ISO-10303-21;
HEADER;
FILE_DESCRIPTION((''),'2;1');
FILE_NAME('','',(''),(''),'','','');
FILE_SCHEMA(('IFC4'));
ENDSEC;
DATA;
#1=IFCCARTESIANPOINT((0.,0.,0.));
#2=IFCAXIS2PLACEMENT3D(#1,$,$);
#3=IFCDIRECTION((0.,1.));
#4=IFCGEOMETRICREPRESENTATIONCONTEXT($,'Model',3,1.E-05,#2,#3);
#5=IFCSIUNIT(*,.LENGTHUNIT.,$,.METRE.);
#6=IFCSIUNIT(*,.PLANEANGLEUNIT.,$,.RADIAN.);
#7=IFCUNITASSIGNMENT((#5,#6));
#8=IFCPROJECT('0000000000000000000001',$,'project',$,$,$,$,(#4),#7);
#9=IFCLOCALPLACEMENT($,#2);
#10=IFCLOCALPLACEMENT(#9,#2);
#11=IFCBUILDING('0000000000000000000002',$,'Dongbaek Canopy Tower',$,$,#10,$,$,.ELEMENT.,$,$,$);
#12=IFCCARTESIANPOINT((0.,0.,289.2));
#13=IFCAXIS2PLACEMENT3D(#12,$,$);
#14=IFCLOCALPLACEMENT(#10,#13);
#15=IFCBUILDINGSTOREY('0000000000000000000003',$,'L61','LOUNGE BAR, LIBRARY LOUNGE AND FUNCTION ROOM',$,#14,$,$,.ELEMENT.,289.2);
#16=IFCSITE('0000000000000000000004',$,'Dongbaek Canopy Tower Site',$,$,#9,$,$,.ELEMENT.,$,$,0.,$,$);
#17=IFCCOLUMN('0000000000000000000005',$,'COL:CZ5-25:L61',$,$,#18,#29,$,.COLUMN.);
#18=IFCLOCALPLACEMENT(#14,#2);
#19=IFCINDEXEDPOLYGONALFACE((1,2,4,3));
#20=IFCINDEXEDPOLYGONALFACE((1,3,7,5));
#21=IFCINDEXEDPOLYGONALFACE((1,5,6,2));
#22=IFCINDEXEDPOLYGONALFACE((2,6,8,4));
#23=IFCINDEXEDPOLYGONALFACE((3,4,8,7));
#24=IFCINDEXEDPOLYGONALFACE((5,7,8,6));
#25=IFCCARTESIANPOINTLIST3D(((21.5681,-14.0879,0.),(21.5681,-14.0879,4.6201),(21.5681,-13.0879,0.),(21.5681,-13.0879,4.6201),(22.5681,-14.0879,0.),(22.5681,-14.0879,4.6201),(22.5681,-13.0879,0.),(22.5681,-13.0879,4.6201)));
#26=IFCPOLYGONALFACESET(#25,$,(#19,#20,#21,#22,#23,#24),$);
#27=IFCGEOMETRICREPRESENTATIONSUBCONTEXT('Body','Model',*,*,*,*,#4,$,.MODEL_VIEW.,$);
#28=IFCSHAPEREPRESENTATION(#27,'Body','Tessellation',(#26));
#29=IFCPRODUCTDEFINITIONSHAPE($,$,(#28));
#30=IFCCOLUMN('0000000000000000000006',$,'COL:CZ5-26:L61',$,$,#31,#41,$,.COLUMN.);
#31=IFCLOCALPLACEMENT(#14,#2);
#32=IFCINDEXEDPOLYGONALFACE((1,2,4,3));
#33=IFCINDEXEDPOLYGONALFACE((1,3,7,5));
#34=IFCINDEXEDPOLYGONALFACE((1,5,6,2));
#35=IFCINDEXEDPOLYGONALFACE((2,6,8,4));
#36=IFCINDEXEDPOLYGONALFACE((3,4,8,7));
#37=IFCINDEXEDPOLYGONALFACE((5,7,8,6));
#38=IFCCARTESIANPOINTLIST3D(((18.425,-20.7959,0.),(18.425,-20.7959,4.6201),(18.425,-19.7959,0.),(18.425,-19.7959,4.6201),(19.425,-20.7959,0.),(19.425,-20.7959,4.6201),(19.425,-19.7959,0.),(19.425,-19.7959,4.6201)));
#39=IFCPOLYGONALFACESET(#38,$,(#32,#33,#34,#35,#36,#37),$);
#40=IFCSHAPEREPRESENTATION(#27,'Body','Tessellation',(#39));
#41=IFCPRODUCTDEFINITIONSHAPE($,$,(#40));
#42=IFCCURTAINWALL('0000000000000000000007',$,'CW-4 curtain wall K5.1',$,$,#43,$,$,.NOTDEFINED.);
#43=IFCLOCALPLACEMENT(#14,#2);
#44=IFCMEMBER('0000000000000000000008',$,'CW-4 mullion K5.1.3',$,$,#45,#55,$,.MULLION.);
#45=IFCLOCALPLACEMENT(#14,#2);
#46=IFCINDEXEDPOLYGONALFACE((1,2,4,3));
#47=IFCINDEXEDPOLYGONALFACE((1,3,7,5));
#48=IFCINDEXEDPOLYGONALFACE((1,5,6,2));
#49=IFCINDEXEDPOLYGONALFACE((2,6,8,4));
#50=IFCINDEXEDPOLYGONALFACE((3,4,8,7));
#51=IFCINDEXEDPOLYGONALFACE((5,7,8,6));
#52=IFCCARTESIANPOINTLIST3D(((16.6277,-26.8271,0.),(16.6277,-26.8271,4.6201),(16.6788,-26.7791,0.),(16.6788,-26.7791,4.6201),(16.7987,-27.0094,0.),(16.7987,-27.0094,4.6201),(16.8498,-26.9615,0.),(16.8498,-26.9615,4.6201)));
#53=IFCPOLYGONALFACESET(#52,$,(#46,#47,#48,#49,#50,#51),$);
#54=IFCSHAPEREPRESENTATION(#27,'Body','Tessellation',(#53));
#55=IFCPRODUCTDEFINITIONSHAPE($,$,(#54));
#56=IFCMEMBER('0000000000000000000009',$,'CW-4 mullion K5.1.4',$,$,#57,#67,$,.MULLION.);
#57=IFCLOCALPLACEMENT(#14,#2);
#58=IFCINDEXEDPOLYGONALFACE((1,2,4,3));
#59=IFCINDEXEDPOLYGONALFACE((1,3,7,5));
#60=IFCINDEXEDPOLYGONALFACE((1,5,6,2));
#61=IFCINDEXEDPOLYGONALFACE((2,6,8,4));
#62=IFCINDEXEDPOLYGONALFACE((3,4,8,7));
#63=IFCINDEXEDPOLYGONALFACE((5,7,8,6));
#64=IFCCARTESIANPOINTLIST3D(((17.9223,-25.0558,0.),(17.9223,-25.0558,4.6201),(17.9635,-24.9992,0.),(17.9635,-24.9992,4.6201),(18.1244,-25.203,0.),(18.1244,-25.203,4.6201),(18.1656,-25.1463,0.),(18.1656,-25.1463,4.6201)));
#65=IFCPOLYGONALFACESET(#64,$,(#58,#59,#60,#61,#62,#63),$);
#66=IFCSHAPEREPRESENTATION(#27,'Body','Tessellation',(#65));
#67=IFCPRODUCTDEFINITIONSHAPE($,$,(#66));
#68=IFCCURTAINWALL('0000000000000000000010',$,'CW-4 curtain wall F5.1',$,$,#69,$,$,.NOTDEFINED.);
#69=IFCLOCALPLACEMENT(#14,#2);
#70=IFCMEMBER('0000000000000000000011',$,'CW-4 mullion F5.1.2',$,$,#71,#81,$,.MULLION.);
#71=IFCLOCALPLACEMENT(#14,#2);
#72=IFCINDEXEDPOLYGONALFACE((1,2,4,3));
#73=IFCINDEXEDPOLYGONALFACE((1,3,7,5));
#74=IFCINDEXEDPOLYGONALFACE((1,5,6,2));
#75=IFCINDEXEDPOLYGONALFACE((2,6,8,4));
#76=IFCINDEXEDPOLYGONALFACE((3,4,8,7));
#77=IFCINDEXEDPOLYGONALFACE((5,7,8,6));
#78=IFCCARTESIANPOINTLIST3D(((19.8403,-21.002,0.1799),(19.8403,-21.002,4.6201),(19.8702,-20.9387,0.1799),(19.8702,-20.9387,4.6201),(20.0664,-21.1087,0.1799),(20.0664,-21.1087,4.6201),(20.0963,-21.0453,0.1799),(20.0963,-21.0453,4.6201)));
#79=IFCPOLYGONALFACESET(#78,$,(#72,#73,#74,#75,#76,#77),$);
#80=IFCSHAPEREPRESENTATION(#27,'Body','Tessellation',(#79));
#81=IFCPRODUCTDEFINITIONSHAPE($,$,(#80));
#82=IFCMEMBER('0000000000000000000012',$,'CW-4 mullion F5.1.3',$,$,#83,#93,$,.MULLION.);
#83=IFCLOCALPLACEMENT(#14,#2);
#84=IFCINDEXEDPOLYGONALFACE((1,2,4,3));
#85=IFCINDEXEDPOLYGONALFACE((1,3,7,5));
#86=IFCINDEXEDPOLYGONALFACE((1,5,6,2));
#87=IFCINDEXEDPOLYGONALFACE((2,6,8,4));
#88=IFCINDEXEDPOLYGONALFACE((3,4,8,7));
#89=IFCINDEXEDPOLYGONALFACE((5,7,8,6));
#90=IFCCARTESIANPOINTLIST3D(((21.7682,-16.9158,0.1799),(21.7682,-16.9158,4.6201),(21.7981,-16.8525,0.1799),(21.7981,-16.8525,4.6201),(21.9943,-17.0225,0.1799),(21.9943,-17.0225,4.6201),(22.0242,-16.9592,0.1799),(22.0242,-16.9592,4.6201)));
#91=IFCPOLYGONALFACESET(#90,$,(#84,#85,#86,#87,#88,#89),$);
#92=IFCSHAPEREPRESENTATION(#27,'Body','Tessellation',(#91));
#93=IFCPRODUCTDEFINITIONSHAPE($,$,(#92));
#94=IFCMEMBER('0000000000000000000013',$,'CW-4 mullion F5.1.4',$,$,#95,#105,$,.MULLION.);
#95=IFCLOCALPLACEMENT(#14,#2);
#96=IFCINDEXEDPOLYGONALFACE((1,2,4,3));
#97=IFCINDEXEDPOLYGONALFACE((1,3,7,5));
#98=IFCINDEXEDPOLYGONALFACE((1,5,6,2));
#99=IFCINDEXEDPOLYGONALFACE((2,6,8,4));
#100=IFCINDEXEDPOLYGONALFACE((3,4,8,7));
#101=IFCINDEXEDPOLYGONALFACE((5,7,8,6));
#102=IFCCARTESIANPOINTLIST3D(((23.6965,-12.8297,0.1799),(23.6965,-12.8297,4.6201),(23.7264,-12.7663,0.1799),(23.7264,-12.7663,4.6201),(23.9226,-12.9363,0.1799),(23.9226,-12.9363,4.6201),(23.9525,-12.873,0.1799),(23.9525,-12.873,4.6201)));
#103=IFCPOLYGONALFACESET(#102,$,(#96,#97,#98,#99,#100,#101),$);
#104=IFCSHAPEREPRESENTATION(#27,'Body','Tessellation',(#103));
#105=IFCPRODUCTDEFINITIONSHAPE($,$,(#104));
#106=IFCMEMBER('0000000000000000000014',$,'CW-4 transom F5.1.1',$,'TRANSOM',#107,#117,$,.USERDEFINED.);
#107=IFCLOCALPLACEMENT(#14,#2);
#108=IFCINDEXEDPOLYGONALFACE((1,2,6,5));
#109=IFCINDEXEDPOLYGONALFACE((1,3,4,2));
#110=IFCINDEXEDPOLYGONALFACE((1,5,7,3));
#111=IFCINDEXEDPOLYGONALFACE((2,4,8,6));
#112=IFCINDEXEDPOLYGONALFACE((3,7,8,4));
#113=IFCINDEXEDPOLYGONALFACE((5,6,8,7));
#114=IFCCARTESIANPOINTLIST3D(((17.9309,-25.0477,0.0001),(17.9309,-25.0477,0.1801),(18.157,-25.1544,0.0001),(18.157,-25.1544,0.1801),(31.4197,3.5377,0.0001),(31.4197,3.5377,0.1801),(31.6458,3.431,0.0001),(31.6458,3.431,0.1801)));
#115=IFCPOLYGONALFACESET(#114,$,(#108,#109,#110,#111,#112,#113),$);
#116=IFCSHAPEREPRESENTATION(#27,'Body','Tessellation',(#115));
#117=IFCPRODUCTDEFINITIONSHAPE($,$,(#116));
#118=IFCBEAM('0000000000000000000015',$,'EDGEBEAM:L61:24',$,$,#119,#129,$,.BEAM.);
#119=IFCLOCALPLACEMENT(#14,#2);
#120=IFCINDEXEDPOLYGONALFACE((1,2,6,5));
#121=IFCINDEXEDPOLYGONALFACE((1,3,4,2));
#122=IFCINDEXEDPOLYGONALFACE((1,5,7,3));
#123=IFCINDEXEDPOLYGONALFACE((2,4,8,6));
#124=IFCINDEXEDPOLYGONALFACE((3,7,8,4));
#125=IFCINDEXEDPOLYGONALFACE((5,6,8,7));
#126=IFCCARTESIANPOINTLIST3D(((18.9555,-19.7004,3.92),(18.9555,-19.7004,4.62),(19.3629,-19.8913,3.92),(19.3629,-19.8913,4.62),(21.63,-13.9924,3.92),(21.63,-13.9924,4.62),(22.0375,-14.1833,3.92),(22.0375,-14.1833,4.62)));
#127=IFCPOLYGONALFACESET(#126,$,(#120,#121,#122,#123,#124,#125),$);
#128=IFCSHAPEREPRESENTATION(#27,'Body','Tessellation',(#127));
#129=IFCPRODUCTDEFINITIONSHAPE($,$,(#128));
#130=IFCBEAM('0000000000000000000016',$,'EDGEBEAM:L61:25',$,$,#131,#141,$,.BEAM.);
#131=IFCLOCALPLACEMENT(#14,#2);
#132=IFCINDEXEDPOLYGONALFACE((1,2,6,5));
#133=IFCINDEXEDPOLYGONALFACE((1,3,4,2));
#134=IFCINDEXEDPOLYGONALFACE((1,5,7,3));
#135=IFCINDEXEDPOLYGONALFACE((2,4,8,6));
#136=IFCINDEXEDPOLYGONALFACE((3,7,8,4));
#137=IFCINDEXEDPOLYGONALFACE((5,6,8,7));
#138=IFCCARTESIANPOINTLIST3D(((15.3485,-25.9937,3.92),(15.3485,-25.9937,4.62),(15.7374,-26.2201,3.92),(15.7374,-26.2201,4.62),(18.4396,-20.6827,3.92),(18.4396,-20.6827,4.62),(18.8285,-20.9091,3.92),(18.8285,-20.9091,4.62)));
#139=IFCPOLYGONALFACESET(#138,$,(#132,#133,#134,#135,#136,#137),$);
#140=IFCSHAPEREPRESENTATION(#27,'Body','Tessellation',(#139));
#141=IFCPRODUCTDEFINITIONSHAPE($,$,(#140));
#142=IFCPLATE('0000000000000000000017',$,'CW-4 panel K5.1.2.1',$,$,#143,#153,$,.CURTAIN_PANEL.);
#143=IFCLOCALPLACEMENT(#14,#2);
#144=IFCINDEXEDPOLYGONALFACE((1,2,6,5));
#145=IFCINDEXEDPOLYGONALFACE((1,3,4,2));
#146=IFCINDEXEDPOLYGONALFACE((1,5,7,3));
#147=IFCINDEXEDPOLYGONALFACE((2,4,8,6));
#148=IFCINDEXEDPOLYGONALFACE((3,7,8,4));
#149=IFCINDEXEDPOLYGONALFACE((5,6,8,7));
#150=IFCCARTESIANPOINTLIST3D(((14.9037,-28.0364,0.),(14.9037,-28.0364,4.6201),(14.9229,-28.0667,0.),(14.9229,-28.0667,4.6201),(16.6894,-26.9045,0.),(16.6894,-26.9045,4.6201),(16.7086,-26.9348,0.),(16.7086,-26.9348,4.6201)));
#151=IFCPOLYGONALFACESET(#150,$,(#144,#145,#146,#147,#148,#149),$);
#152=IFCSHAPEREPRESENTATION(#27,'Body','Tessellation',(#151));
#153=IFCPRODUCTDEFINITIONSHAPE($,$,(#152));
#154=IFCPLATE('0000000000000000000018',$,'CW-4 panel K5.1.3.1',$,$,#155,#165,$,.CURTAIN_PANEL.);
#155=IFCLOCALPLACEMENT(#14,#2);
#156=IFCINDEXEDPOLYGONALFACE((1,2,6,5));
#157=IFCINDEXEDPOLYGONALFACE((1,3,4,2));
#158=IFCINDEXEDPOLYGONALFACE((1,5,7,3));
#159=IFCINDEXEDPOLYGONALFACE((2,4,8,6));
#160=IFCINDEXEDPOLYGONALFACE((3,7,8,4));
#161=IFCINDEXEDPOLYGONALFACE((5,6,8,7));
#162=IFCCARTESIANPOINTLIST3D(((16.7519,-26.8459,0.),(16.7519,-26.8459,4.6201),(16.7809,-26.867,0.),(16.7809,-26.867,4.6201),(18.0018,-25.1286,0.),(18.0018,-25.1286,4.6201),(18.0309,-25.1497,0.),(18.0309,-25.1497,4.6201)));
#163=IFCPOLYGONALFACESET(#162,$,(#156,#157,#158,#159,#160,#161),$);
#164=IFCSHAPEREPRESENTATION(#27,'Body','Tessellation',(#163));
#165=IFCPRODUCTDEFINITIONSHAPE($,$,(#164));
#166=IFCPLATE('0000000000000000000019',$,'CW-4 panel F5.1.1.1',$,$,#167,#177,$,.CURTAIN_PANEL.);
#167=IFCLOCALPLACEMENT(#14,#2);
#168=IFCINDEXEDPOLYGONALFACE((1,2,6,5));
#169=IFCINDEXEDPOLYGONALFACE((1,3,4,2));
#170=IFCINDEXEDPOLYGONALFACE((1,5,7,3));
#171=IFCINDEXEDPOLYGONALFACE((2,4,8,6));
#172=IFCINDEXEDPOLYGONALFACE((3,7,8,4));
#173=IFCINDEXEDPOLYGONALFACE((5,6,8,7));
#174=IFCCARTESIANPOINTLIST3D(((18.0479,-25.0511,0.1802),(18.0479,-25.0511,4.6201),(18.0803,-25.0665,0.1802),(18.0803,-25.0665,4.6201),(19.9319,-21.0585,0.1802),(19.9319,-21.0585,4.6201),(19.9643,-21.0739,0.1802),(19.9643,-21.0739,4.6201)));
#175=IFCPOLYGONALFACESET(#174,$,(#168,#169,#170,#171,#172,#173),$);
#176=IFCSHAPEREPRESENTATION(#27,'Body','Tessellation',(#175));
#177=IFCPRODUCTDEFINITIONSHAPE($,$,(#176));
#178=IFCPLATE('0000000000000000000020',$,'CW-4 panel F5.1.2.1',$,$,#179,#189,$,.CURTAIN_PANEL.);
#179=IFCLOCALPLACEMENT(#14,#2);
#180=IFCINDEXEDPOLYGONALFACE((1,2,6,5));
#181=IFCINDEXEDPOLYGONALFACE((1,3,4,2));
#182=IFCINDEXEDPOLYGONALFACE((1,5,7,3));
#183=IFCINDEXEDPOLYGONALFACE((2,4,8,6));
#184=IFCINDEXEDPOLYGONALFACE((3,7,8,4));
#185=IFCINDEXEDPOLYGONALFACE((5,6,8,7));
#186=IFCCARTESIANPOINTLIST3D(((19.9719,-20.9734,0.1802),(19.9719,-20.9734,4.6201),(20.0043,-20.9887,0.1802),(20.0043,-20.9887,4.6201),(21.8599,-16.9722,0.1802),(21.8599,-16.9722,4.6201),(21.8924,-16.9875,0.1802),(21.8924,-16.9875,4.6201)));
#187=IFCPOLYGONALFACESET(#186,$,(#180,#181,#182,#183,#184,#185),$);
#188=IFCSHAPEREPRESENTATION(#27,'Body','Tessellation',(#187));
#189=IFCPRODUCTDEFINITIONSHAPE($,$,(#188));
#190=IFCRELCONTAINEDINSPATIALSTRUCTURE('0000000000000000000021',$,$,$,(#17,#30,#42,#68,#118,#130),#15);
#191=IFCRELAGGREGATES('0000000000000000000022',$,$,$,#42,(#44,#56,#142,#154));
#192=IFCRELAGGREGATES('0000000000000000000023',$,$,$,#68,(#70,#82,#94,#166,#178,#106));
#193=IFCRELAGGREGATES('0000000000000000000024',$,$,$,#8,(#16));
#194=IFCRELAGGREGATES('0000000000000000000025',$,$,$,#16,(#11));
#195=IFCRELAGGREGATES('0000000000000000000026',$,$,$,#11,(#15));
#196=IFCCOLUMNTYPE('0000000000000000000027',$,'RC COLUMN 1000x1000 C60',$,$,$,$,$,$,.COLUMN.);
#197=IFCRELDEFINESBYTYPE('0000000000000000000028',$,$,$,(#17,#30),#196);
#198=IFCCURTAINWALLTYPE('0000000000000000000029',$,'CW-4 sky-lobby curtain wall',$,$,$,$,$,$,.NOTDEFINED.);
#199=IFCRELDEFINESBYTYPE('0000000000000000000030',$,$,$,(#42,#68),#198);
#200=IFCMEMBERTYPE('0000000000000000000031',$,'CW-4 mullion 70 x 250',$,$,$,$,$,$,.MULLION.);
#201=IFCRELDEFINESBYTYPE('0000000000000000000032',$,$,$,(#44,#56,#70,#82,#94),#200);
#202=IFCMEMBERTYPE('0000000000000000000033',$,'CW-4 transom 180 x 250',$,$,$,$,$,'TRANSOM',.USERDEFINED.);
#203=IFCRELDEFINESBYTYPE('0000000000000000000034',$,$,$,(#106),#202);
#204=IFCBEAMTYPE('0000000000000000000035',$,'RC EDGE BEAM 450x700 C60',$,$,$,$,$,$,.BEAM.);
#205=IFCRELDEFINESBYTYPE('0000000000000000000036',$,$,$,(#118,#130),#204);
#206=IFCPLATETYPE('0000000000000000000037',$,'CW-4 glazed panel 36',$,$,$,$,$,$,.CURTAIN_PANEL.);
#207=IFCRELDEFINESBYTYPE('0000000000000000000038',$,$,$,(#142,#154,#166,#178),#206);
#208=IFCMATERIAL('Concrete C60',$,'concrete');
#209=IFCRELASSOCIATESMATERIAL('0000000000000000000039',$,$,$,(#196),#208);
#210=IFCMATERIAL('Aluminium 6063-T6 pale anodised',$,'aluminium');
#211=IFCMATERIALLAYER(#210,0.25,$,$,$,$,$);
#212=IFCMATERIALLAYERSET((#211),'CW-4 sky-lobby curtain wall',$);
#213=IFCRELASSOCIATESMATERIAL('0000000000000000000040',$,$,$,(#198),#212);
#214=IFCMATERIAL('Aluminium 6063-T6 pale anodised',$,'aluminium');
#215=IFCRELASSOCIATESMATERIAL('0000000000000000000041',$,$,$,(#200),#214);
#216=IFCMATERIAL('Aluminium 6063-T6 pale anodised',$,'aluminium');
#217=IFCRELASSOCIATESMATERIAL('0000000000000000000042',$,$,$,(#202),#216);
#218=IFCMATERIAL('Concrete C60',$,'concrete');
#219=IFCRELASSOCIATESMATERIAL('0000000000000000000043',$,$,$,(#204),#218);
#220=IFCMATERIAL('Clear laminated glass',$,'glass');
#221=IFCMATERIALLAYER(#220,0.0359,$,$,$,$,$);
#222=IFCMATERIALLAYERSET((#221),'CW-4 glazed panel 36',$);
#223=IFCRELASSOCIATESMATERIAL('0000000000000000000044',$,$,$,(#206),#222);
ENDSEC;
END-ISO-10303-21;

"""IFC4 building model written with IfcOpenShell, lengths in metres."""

from ifc_helpers import new_model, si_unit, direction, frame, origin, origin_2d, place, context, subcontext, project, spatial, rectangle, extrude, material, layer, layer_set, material_profile, profile_set, type_object, element, aggregate, save


model = new_model("IFC4")

# Units and contexts
model_context = context("Model", 3, precision=1e-05, world=origin(), true_north=direction((0.0, 1.0)))
body_context = subcontext(model_context, "Body", "Model", "MODEL_VIEW")
ifc_project = project(units=[si_unit("LENGTHUNIT", "METRE"), si_unit("PLANEANGLEUNIT", "RADIAN")], contexts=[model_context])

# Site, building, storey
site_placement = place(None, origin())
site = spatial("IfcSite", under=ifc_project, at=site_placement, Name="Dongbaek Canopy Tower Site", CompositionType="ELEMENT", RefElevation=0.0)
building_placement = place(site_placement, origin())
building = spatial("IfcBuilding", under=site, at=building_placement, Name="Dongbaek Canopy Tower", CompositionType="ELEMENT")
storey_placement = place(building_placement, frame((0.0, 0.0, 289.2)))
storey = spatial("IfcBuildingStorey", under=building, at=storey_placement, Name="L61", Description="LOUNGE BAR, LIBRARY LOUNGE AND FUNCTION ROOM", CompositionType="ELEMENT", Elevation=289.2)

# Columns
ifc_material_1 = material(Name="Concrete C60", Category="concrete")
ifc_material_profile_1 = material_profile(ifc_material_1, rectangle(XDim=1.0, YDim=1.0, at=origin_2d()), Name="RC COLUMN 1000x1000 C60")
ifc_profile_set_1 = profile_set([ifc_material_profile_1], Name="Concrete C60")
column_type = type_object("IfcColumnType", Name="RC COLUMN 1000x1000 C60", PredefinedType="COLUMN", material=ifc_profile_set_1)
for number, where, z_axis, x_axis, name in (
    (1, (22.0681, -13.5879, 0.0), (0.0, 0.0, 1.0), (1.0, 0.0, 0.0), "COL:CZ5-25:L61"),
    (2, (18.925, -20.2959, 0.0), (0.0, 0.0, 1.0), (1.0, 0.0, 0.0), "COL:CZ5-26:L61"),
):
    element("IfcColumn", number, at=place(storey_placement, frame(where, z_axis=z_axis, x_axis=x_axis)), inside=storey, type_object=column_type, Name=name, PredefinedType="COLUMN", context=body_context, shape_type="SweptSolid", body=[
        extrude(rectangle(XDim=1.0, YDim=1.0, at=origin_2d()), origin(), (0.0, 0.0, 1.0), 4.6201),
    ])

# Curtain walls, members
ifc_material_2 = material(Name="Aluminium 6063-T6 pale anodised", Category="aluminium")
ifc_layer_1 = layer(ifc_material_2, 0.25)
ifc_layer_set_1 = layer_set([ifc_layer_1], Name="CW-4 sky-lobby curtain wall")
curtain_wall_type = type_object("IfcCurtainWallType", Name="CW-4 sky-lobby curtain wall", PredefinedType="NOTDEFINED", material=ifc_layer_set_1)
curtain_wall_1_placement = place(storey_placement, origin())
curtain_wall_1 = element("IfcCurtainWall", 3, at=curtain_wall_1_placement, inside=storey, type_object=curtain_wall_type, Name="CW-4 curtain wall K5.1", PredefinedType="NOTDEFINED")
ifc_material_3 = material(Name="Aluminium 6063-T6 pale anodised", Category="aluminium")
ifc_material_profile_2 = material_profile(ifc_material_3, rectangle(XDim=0.25, YDim=0.0701, at=origin_2d()), Name="CW-4 mullion 70 x 250")
ifc_profile_set_2 = profile_set([ifc_material_profile_2], Name="Aluminium 6063-T6 pale anodised")
member_type_1 = type_object("IfcMemberType", Name="CW-4 mullion 70 x 250", PredefinedType="MULLION", material=ifc_profile_set_2)
member_1_placement = place(storey_placement, frame((16.7388, -26.8943, 0.0), z_axis=(0.0, 0.0, 1.0), x_axis=(0.684033, -0.729451, 0.0)))
member_1 = element("IfcMember", 4, at=member_1_placement, type_object=member_type_1, Name="CW-4 mullion K5.1.3", PredefinedType="MULLION", context=body_context, shape_type="SweptSolid", body=[
    extrude(rectangle(XDim=0.25, YDim=0.0701, at=origin_2d()), origin(), (0.0, 0.0, 1.0), 4.6201),
])
member_2_placement = place(storey_placement, frame((18.0439, -25.1011, 0.0), z_axis=(0.0, 0.0, 1.0), x_axis=(0.808495, -0.588503, 0.0)))
member_2 = element("IfcMember", 5, at=member_2_placement, type_object=member_type_1, Name="CW-4 mullion K5.1.4", PredefinedType="MULLION", context=body_context, shape_type="SweptSolid", body=[
    extrude(rectangle(XDim=0.25, YDim=0.0701, at=origin_2d()), origin(), (0.0, 0.0, 1.0), 4.6201),
])
curtain_wall_2_placement = place(storey_placement, origin())
curtain_wall_2 = element("IfcCurtainWall", 6, at=curtain_wall_2_placement, inside=storey, type_object=curtain_wall_type, Name="CW-4 curtain wall F5.1", PredefinedType="NOTDEFINED")
member_3_placement = place(storey_placement, frame((19.9683, -21.0237, 0.1799), z_axis=(0.0, 0.0, 1.0), x_axis=(0.904371, -0.426747, 0.0)))
member_3 = element("IfcMember", 7, at=member_3_placement, type_object=member_type_1, Name="CW-4 mullion F5.1.2", PredefinedType="MULLION", context=body_context, shape_type="SweptSolid", body=[
    extrude(rectangle(XDim=0.25, YDim=0.0701, at=origin_2d()), origin(), (0.0, 0.0, 1.0), 4.4402),
])
member_4_placement = place(storey_placement, frame((21.8962, -16.9375, 0.1799), z_axis=(0.0, 0.0, 1.0), x_axis=(0.904371, -0.426747, 0.0)))
member_4 = element("IfcMember", 8, at=member_4_placement, type_object=member_type_1, Name="CW-4 mullion F5.1.3", PredefinedType="MULLION", context=body_context, shape_type="SweptSolid", body=[
    extrude(rectangle(XDim=0.25, YDim=0.0701, at=origin_2d()), origin(), (0.0, 0.0, 1.0), 4.4402),
])
member_5_placement = place(storey_placement, frame((23.8245, -12.8513, 0.1799), z_axis=(0.0, 0.0, 1.0), x_axis=(0.904371, -0.426747, 0.0)))
member_5 = element("IfcMember", 9, at=member_5_placement, type_object=member_type_1, Name="CW-4 mullion F5.1.4", PredefinedType="MULLION", context=body_context, shape_type="SweptSolid", body=[
    extrude(rectangle(XDim=0.25, YDim=0.0701, at=origin_2d()), origin(), (0.0, 0.0, 1.0), 4.4402),
])
ifc_material_4 = material(Name="Aluminium 6063-T6 pale anodised", Category="aluminium")
ifc_material_profile_3 = material_profile(ifc_material_4, rectangle(XDim=0.25, YDim=0.1799, at=origin_2d()), Name="CW-4 transom 180 x 250")
ifc_profile_set_3 = profile_set([ifc_material_profile_3], Name="Aluminium 6063-T6 pale anodised")
member_type_2 = type_object("IfcMemberType", Name="CW-4 transom 180 x 250", ElementType="TRANSOM", PredefinedType="USERDEFINED", material=ifc_profile_set_3)
member_6_placement = place(storey_placement, frame((18.0439, -25.1011, 0.0901), z_axis=(0.42675, 0.90437, 0.0), x_axis=(-0.90437, 0.42675, 0.0)))
member_6 = element("IfcMember", 10, at=member_6_placement, type_object=member_type_2, Name="CW-4 transom F5.1.1", ObjectType="TRANSOM", PredefinedType="USERDEFINED", context=body_context, shape_type="SweptSolid", body=[
    extrude(rectangle(XDim=0.25, YDim=0.1799, at=origin_2d()), origin(), (0.0, 0.0, 1.0), 31.6082),
])

# Beams
ifc_material_5 = material(Name="Concrete C60", Category="concrete")
ifc_material_profile_4 = material_profile(ifc_material_5, rectangle(XDim=0.45, YDim=0.7, at=origin_2d()), Name="RC EDGE BEAM 450x700 C60")
ifc_profile_set_4 = profile_set([ifc_material_profile_4], Name="Concrete C60")
beam_type = type_object("IfcBeamType", Name="RC EDGE BEAM 450x700 C60", PredefinedType="BEAM", material=ifc_profile_set_4)
beam_1_placement = place(storey_placement, frame((21.8337, -14.0879, 4.27), z_axis=(-0.424295, -0.905524, 0.0), x_axis=(0.905524, -0.424295, 0.0)))
element("IfcBeam", 11, at=beam_1_placement, inside=storey, type_object=beam_type, Name="EDGEBEAM:L61:24", PredefinedType="BEAM", context=body_context, shape_type="SweptSolid", body=[
    extrude(rectangle(XDim=0.45, YDim=0.7, at=origin_2d()), origin(), (0.0, 0.0, 1.0), 6.3035),
])
beam_2_placement = place(storey_placement, frame((18.634, -20.7959, 4.27), z_axis=(-0.503016, -0.864277, 0.0), x_axis=(0.864277, -0.503016, 0.0)))
element("IfcBeam", 12, at=beam_2_placement, inside=storey, type_object=beam_type, Name="EDGEBEAM:L61:25", PredefinedType="BEAM", context=body_context, shape_type="SweptSolid", body=[
    extrude(rectangle(XDim=0.45, YDim=0.7, at=origin_2d()), origin(), (0.0, 0.0, 1.0), 6.145),
])

# Plates
ifc_material_6 = material(Name="Clear laminated glass", Category="glass")
ifc_layer_2 = layer(ifc_material_6, 0.0359)
ifc_layer_set_2 = layer_set([ifc_layer_2], Name="CW-4 glazed panel 36")
plate_type = type_object("IfcPlateType", Name="CW-4 glazed panel 36", PredefinedType="CURTAIN_PANEL", material=ifc_layer_set_2)
plate_1_placement = place(storey_placement, frame((15.8062, -27.4856, 0.0), z_axis=(0.0, 0.0, 1.0), x_axis=(0.844608, 0.535385, 0.0)))
plate_1 = element("IfcPlate", 13, at=plate_1_placement, type_object=plate_type, Name="CW-4 panel K5.1.2.1", PredefinedType="CURTAIN_PANEL", context=body_context, shape_type="SweptSolid", body=[
    extrude(rectangle(XDim=2.1143, YDim=0.0359, at=origin_2d()), origin(), (0.0, 0.0, 1.0), 4.6201),
])
plate_2_placement = place(storey_placement, frame((17.3914, -25.9978, 0.0), z_axis=(0.0, 0.0, 1.0), x_axis=(0.588503, 0.808495, 0.0)))
plate_2 = element("IfcPlate", 14, at=plate_2_placement, type_object=plate_type, Name="CW-4 panel K5.1.3.1", PredefinedType="CURTAIN_PANEL", context=body_context, shape_type="SweptSolid", body=[
    extrude(rectangle(XDim=2.124, YDim=0.0359, at=origin_2d()), origin(), (0.0, 0.0, 1.0), 4.6201),
])
aggregate(curtain_wall_1, [member_1, member_2, plate_1, plate_2])
plate_3_placement = place(storey_placement, frame((19.0061, -23.0625, 0.1802), z_axis=(0.0, 0.0, 1.0), x_axis=(0.426747, 0.904371, 0.0)))
plate_3 = element("IfcPlate", 15, at=plate_3_placement, type_object=plate_type, Name="CW-4 panel F5.1.1.1", PredefinedType="CURTAIN_PANEL", context=body_context, shape_type="SweptSolid", body=[
    extrude(rectangle(XDim=4.4148, YDim=0.0359, at=origin_2d()), origin(), (0.0, 0.0, 1.0), 4.4399),
])
plate_4_placement = place(storey_placement, frame((20.9321, -18.9805, 0.1802), z_axis=(0.0, 0.0, 1.0), x_axis=(0.426747, 0.904371, 0.0)))
plate_4 = element("IfcPlate", 16, at=plate_4_placement, type_object=plate_type, Name="CW-4 panel F5.1.2.1", PredefinedType="CURTAIN_PANEL", context=body_context, shape_type="SweptSolid", body=[
    extrude(rectangle(XDim=4.4243, YDim=0.0359, at=origin_2d()), origin(), (0.0, 0.0, 1.0), 4.4399),
])

aggregate(curtain_wall_2, [member_3, member_4, member_5, plate_3, plate_4, member_6])

save(model, "model.ifc")
